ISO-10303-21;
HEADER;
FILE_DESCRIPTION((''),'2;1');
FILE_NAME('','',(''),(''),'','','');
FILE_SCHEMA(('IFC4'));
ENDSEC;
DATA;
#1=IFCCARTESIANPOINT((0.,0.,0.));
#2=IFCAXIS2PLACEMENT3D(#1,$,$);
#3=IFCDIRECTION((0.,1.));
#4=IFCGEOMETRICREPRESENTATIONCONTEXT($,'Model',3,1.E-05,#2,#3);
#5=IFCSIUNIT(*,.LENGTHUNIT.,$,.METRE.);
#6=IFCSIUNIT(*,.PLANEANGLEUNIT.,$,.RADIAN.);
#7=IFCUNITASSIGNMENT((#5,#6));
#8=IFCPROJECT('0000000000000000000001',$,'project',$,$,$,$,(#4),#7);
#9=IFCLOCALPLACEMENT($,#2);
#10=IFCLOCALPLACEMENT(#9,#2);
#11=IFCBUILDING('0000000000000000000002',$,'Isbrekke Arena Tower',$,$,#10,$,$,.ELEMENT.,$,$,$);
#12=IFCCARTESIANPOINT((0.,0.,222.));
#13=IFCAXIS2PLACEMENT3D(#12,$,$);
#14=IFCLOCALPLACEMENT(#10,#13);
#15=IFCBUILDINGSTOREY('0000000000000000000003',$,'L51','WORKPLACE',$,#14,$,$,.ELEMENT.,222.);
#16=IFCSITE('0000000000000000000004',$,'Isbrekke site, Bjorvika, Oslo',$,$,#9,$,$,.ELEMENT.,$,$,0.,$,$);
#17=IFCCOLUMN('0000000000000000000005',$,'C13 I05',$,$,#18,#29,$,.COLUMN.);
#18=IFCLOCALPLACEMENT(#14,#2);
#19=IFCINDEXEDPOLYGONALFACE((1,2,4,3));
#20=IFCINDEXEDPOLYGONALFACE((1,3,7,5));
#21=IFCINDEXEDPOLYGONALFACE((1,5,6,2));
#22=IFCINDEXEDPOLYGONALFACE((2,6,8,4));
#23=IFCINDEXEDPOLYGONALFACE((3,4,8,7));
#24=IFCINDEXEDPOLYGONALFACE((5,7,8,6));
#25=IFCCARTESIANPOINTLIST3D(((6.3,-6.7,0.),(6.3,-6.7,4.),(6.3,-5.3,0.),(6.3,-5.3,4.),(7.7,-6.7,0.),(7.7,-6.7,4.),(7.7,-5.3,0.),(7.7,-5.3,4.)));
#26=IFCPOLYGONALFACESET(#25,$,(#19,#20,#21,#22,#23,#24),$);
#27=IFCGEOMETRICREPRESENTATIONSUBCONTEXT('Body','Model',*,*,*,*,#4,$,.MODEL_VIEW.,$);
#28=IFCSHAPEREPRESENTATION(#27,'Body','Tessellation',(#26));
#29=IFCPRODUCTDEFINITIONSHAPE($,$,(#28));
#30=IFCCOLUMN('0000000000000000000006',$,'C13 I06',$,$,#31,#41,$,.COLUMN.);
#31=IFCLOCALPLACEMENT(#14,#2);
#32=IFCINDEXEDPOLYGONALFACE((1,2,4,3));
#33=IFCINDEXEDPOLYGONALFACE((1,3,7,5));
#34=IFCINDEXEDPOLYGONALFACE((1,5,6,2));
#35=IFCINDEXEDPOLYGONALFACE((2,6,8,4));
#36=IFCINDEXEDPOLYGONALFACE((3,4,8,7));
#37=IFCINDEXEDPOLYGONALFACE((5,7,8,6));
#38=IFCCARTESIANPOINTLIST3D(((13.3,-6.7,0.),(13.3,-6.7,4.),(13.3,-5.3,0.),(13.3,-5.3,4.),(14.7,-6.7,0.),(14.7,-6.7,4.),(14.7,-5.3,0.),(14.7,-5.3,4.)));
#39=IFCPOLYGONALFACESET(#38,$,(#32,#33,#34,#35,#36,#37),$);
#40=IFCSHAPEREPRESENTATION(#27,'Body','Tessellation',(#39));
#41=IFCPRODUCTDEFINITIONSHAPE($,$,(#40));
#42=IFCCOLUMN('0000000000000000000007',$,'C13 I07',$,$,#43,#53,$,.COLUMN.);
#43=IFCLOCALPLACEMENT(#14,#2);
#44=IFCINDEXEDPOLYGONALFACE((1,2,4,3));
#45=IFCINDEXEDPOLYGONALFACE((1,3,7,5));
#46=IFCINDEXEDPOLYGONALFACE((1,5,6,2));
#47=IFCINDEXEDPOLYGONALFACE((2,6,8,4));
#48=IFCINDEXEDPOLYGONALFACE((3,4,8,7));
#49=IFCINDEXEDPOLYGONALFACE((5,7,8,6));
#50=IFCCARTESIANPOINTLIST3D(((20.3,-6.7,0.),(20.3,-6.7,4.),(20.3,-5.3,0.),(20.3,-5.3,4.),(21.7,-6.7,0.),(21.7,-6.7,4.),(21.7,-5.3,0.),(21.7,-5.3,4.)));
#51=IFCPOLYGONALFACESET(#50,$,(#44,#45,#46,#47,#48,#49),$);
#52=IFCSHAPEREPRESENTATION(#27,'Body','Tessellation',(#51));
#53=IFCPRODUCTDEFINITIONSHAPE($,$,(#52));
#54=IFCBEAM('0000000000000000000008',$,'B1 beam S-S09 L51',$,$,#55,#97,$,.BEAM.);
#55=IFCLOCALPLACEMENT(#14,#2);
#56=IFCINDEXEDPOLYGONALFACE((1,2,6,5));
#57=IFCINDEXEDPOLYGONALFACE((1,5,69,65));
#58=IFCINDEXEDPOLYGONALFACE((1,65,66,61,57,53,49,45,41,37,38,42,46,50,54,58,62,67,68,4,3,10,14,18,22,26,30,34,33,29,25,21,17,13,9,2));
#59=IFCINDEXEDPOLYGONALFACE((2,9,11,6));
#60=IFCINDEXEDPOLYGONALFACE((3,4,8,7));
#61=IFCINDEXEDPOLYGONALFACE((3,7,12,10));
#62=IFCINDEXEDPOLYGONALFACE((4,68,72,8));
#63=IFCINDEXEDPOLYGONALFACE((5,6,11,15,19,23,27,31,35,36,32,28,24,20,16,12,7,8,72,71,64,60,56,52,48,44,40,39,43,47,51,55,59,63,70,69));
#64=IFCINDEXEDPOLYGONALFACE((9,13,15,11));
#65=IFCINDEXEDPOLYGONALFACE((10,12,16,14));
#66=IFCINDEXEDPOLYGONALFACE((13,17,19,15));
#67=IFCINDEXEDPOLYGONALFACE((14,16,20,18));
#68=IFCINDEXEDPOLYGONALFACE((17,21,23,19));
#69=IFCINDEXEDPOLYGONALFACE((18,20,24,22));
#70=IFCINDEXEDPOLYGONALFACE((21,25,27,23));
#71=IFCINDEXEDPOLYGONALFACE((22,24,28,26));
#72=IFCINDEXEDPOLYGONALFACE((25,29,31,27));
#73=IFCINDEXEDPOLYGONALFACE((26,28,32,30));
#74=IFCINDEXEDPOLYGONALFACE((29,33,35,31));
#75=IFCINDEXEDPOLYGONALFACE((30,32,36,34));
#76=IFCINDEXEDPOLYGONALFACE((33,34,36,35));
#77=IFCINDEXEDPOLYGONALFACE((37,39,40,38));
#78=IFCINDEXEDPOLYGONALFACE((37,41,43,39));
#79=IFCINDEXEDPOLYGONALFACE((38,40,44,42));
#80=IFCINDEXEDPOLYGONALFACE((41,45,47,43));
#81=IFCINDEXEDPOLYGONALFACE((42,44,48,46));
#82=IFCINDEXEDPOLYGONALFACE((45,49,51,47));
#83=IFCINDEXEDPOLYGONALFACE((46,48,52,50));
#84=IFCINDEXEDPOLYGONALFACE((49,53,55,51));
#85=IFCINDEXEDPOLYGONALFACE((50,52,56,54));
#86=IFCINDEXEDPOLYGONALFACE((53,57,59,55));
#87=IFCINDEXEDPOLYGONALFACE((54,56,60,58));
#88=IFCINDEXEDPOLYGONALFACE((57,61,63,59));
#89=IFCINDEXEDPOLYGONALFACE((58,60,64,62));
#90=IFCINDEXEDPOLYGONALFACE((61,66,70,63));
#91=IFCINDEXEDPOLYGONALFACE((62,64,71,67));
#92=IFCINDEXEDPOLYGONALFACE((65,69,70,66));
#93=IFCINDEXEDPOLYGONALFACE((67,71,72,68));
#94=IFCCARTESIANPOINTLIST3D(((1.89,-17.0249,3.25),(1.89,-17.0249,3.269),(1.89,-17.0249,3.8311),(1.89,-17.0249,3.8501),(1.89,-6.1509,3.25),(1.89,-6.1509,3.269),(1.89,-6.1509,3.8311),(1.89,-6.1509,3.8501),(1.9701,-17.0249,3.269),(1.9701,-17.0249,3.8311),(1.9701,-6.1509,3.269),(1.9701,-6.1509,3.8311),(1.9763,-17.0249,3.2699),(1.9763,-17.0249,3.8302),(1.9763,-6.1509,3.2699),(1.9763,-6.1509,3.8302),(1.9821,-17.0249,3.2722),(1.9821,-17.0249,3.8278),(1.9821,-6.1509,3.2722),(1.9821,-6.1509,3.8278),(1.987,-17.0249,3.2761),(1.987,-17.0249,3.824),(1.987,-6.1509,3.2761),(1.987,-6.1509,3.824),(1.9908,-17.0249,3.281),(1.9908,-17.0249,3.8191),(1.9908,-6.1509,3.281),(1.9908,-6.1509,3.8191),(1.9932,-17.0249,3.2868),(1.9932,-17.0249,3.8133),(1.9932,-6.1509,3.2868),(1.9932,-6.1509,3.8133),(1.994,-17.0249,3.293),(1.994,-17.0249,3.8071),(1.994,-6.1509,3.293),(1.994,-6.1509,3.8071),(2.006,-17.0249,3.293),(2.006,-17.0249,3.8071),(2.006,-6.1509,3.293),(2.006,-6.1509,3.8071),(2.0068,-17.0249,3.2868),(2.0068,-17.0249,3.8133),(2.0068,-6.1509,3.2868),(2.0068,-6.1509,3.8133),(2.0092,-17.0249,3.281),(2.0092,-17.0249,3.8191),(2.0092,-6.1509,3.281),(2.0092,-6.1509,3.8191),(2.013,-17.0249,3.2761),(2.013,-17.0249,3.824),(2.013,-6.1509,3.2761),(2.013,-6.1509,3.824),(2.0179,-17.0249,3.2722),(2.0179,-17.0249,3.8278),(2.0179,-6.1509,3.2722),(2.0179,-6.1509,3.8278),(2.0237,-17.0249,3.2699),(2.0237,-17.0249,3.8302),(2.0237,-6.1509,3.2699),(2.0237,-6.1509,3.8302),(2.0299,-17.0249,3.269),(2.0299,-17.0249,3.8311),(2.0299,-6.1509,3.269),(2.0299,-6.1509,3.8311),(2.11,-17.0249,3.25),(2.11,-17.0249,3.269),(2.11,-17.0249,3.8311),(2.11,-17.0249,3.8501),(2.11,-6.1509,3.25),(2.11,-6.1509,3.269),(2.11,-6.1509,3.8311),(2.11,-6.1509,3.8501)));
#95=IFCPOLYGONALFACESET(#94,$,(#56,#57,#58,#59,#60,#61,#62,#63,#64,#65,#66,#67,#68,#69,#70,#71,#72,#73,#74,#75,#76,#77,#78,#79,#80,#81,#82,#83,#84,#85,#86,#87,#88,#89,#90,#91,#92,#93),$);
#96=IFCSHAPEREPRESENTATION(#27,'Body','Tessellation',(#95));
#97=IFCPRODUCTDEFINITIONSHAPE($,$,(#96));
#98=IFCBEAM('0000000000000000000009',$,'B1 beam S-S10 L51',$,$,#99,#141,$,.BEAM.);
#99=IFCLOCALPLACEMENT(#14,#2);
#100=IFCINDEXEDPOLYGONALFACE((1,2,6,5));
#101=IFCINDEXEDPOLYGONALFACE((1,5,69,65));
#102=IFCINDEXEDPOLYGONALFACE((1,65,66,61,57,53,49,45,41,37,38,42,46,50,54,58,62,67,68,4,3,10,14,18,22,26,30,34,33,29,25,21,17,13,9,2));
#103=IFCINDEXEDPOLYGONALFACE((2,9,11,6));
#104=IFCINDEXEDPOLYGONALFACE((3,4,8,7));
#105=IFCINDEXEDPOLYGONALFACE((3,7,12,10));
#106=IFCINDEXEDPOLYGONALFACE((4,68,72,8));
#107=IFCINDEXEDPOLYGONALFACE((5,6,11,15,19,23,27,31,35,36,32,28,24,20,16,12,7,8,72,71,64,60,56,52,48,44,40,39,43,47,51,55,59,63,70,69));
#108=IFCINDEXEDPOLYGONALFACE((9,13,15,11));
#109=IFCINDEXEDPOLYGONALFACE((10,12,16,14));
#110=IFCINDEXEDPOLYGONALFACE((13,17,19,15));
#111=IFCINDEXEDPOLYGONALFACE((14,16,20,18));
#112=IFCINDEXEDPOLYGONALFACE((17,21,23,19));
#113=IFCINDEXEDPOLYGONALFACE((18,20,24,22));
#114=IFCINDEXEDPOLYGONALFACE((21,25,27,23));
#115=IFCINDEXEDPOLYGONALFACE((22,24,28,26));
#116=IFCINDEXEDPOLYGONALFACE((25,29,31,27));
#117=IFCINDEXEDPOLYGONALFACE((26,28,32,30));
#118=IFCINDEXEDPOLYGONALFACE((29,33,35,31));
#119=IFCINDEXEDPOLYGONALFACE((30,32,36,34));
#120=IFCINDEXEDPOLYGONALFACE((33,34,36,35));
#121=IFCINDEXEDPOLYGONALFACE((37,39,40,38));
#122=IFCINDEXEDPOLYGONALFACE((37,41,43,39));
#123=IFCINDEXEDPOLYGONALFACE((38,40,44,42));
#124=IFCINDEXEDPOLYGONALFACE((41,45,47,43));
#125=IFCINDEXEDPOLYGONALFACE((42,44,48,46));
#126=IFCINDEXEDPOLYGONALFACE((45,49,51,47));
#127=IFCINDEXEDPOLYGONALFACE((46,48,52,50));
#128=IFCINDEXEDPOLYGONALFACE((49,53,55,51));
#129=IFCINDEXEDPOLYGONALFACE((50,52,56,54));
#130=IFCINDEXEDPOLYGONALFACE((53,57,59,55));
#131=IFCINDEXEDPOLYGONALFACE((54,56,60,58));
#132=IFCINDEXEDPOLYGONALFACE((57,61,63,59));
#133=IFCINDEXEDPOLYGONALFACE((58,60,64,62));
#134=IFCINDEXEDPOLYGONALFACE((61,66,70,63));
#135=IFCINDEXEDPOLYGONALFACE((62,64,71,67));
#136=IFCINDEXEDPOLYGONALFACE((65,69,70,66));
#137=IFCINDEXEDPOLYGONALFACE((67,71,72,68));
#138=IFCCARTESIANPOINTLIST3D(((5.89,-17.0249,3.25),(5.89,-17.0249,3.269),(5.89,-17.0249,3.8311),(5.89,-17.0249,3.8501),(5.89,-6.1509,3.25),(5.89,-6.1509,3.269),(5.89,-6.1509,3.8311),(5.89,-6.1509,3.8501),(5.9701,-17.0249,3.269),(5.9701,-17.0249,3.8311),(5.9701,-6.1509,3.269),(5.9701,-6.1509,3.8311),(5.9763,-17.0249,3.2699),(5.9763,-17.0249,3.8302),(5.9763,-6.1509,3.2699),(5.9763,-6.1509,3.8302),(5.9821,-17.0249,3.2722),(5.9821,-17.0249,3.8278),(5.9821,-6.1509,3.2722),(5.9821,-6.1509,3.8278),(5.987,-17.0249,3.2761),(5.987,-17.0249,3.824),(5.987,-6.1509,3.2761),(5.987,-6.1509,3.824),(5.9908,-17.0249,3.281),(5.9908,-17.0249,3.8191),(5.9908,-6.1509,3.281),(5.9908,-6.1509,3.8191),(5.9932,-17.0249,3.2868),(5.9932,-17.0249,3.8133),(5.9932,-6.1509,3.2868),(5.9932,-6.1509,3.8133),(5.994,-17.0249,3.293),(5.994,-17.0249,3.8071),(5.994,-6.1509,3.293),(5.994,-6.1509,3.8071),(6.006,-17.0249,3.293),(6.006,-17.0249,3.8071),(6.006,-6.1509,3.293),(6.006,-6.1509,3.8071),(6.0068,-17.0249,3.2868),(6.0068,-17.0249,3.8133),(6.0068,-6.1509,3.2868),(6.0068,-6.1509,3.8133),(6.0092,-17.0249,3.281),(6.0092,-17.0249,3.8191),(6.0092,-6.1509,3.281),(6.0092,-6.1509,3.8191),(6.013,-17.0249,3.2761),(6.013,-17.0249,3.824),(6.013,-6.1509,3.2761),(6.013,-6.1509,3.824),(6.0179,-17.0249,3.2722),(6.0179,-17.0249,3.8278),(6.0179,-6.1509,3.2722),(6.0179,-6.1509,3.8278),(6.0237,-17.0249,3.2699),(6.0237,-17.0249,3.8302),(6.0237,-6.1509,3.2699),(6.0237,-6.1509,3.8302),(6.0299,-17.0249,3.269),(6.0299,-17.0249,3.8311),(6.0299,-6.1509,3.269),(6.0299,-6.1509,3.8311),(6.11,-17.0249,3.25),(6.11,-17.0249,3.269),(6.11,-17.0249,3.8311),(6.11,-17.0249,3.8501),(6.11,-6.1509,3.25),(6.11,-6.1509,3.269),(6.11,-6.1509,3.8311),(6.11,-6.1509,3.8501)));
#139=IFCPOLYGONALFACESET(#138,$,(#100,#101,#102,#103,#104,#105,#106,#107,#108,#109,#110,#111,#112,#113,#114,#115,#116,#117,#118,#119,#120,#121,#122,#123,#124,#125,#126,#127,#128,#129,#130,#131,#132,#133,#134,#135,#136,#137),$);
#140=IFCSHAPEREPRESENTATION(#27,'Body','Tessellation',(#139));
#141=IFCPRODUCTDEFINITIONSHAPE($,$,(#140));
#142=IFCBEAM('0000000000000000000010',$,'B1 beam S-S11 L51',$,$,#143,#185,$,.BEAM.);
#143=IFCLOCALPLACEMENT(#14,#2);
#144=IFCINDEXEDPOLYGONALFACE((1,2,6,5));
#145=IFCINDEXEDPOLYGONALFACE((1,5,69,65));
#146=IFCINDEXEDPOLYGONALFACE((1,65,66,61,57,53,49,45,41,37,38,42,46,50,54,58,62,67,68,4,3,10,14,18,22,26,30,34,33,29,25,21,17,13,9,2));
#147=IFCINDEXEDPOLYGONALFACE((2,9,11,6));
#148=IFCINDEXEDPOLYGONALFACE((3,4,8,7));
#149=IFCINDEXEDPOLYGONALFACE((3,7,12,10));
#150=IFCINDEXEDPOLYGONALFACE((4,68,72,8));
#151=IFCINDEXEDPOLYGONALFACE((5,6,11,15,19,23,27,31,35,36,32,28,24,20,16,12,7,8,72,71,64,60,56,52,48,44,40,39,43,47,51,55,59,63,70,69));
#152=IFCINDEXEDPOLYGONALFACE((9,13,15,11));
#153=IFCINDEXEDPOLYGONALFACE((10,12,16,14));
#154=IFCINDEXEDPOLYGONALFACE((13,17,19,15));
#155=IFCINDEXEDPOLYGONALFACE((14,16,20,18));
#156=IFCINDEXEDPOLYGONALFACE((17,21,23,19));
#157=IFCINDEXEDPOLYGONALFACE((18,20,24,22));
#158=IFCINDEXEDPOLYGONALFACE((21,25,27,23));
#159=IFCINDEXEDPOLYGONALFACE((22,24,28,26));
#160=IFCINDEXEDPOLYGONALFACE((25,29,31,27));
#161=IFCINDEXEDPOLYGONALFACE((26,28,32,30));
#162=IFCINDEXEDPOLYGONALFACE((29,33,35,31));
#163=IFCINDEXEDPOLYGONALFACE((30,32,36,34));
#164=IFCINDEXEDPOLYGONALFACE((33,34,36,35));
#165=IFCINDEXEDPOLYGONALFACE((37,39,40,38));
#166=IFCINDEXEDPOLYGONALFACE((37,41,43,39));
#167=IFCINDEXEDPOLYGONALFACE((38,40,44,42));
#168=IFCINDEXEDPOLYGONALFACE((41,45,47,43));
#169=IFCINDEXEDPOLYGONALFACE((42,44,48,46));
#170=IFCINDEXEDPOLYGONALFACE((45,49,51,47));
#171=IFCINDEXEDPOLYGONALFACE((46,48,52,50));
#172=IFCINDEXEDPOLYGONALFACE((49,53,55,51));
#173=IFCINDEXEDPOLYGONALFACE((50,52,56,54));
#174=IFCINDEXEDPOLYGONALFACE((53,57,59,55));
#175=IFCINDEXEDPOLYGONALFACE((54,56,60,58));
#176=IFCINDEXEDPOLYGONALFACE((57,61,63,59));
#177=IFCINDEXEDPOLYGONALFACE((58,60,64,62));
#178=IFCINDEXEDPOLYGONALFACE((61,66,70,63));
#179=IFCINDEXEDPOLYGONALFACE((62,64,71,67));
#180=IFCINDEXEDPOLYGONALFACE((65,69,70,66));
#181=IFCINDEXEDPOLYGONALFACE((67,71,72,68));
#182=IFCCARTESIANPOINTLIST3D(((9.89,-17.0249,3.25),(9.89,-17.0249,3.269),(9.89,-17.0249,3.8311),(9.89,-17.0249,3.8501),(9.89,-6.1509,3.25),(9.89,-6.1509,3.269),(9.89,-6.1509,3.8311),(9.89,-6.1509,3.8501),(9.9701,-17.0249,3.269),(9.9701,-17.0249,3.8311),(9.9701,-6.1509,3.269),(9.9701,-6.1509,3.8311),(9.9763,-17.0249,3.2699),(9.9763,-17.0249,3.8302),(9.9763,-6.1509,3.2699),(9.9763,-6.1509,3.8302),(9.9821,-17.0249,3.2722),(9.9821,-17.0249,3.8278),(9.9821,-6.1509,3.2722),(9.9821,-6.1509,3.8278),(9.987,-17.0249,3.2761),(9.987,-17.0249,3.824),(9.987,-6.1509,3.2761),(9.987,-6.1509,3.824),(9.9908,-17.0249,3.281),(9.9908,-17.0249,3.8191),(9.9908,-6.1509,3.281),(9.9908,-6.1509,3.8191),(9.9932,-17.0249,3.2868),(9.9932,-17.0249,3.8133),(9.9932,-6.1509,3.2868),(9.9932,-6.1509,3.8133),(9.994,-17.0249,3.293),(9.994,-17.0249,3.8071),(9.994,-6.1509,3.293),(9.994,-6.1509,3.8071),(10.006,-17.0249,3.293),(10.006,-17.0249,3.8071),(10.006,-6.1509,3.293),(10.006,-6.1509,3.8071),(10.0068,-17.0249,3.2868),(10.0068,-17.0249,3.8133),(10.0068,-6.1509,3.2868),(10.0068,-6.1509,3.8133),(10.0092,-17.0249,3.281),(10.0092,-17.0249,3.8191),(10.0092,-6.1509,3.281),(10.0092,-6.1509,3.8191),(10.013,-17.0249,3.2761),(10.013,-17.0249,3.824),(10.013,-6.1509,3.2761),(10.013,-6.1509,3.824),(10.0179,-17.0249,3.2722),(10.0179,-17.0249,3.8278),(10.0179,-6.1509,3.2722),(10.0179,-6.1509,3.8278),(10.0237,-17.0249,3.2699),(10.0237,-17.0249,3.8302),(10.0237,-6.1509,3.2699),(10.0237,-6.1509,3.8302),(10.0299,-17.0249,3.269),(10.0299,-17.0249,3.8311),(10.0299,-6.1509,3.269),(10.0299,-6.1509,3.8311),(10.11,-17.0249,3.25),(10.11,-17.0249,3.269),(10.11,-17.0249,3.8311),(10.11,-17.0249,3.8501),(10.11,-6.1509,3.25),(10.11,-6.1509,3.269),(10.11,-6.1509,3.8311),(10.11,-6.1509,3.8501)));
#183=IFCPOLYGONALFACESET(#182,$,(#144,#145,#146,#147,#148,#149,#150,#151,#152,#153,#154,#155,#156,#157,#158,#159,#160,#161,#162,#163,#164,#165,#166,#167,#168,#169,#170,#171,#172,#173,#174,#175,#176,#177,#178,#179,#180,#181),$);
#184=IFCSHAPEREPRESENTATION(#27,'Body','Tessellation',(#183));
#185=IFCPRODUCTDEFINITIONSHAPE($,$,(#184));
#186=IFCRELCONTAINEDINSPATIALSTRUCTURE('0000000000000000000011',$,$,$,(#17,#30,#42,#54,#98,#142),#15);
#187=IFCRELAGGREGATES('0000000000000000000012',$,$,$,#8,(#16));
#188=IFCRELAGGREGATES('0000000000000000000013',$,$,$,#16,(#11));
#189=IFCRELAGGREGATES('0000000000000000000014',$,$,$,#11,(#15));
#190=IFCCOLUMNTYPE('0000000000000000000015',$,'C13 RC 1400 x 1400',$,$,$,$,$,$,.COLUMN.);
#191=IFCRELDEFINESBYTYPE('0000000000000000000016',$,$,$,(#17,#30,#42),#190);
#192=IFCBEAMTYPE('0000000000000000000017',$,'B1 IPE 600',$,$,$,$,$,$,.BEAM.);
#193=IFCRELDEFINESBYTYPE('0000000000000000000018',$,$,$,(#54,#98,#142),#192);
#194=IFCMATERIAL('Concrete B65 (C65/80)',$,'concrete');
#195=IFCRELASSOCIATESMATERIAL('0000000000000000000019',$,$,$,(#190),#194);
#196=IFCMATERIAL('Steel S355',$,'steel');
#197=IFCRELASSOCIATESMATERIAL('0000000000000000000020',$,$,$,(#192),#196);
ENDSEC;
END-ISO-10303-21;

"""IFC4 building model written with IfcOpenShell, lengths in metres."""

from ifc_helpers import new_model, si_unit, direction, frame, origin, origin_2d, place, context, subcontext, project, spatial, rectangle, i_section, extrude, material, material_profile, profile_set, type_object, element, save


model = new_model("IFC4")

# Units and contexts
model_context = context("Model", 3, precision=1e-05, world=origin(), true_north=direction((0.0, 1.0)))
body_context = subcontext(model_context, "Body", "Model", "MODEL_VIEW")
ifc_project = project(units=[si_unit("LENGTHUNIT", "METRE"), si_unit("PLANEANGLEUNIT", "RADIAN")], contexts=[model_context])

# Site, building, storey
site_placement = place(None, origin())
site = spatial("IfcSite", under=ifc_project, at=site_placement, Name="Isbrekke site, Bjorvika, Oslo", CompositionType="ELEMENT", RefElevation=0.0)
building_placement = place(site_placement, origin())
building = spatial("IfcBuilding", under=site, at=building_placement, Name="Isbrekke Arena Tower", CompositionType="ELEMENT")
storey_placement = place(building_placement, frame((0.0, 0.0, 222.0)))
storey = spatial("IfcBuildingStorey", under=building, at=storey_placement, Name="L51", Description="WORKPLACE", CompositionType="ELEMENT", Elevation=222.0)

# Columns
ifc_material_1 = material(Name="Concrete B65 (C65/80)", Category="concrete")
ifc_material_profile_1 = material_profile(ifc_material_1, rectangle(XDim=1.3999, YDim=1.3999, at=origin_2d()), Name="RC 1400x1400")
ifc_profile_set_1 = profile_set([ifc_material_profile_1], Name="Concrete B65 (C65/80)")
column_type = type_object("IfcColumnType", Name="C13 RC 1400 x 1400", PredefinedType="COLUMN", material=ifc_profile_set_1)
for number, where, z_axis, x_axis, name in (
    (1, (7.0, -6.0, 0.0), (0.0, 0.0, 1.0), (1.0, 0.0, 0.0), "C13 I05"),
    (2, (14.0, -6.0, 0.0), (0.0, 0.0, 1.0), (1.0, 0.0, 0.0), "C13 I06"),
    (3, (21.0, -6.0, 0.0), (0.0, 0.0, 1.0), (1.0, 0.0, 0.0), "C13 I07"),
):
    element("IfcColumn", number, at=place(storey_placement, frame(where, z_axis=z_axis, x_axis=x_axis)), inside=storey, type_object=column_type, Name=name, PredefinedType="COLUMN", context=body_context, shape_type="SweptSolid", body=[
        extrude(rectangle(XDim=1.3999, YDim=1.3999, at=origin_2d()), origin(), (0.0, 0.0, 1.0), 4.0),
    ])

# Beams
ifc_material_2 = material(Name="Steel S355", Category="steel")
ifc_material_profile_2 = material_profile(ifc_material_2, i_section(OverallWidth=0.22, OverallDepth=0.6001, WebThickness=0.012, FlangeThickness=0.019, FilletRadius=0.0239, at=origin_2d()), Name="IPE 600")
ifc_profile_set_2 = profile_set([ifc_material_profile_2], Name="Steel S355")
beam_type_1 = type_object("IfcBeamType", Name="B1 IPE 600", PredefinedType="BEAM", material=ifc_profile_set_2)
for number, where, z_axis, x_axis, name in (
    (4, (2.0, -17.0249, 3.55), (0.0, 1.0, 0.0), (-1.0, 0.0, 0.0), "B1 beam S-S09 L51"),
    (5, (6.0, -17.0249, 3.55), (0.0, 1.0, 0.0), (-1.0, 0.0, 0.0), "B1 beam S-S10 L51"),
    (6, (10.0, -17.0249, 3.55), (0.0, 1.0, 0.0), (-1.0, 0.0, 0.0), "B1 beam S-S11 L51"),
):
    element("IfcBeam", number, at=place(storey_placement, frame(where, z_axis=z_axis, x_axis=x_axis)), inside=storey, type_object=beam_type_1, Name=name, PredefinedType="BEAM", context=body_context, shape_type="SweptSolid", body=[
        extrude(i_section(OverallWidth=0.22, OverallDepth=0.6001, WebThickness=0.012, FlangeThickness=0.019, FilletRadius=0.0239, at=origin_2d()), origin(), (0.0, 0.0, 1.0), 10.874),
    ])

save(model, "model.ifc")
